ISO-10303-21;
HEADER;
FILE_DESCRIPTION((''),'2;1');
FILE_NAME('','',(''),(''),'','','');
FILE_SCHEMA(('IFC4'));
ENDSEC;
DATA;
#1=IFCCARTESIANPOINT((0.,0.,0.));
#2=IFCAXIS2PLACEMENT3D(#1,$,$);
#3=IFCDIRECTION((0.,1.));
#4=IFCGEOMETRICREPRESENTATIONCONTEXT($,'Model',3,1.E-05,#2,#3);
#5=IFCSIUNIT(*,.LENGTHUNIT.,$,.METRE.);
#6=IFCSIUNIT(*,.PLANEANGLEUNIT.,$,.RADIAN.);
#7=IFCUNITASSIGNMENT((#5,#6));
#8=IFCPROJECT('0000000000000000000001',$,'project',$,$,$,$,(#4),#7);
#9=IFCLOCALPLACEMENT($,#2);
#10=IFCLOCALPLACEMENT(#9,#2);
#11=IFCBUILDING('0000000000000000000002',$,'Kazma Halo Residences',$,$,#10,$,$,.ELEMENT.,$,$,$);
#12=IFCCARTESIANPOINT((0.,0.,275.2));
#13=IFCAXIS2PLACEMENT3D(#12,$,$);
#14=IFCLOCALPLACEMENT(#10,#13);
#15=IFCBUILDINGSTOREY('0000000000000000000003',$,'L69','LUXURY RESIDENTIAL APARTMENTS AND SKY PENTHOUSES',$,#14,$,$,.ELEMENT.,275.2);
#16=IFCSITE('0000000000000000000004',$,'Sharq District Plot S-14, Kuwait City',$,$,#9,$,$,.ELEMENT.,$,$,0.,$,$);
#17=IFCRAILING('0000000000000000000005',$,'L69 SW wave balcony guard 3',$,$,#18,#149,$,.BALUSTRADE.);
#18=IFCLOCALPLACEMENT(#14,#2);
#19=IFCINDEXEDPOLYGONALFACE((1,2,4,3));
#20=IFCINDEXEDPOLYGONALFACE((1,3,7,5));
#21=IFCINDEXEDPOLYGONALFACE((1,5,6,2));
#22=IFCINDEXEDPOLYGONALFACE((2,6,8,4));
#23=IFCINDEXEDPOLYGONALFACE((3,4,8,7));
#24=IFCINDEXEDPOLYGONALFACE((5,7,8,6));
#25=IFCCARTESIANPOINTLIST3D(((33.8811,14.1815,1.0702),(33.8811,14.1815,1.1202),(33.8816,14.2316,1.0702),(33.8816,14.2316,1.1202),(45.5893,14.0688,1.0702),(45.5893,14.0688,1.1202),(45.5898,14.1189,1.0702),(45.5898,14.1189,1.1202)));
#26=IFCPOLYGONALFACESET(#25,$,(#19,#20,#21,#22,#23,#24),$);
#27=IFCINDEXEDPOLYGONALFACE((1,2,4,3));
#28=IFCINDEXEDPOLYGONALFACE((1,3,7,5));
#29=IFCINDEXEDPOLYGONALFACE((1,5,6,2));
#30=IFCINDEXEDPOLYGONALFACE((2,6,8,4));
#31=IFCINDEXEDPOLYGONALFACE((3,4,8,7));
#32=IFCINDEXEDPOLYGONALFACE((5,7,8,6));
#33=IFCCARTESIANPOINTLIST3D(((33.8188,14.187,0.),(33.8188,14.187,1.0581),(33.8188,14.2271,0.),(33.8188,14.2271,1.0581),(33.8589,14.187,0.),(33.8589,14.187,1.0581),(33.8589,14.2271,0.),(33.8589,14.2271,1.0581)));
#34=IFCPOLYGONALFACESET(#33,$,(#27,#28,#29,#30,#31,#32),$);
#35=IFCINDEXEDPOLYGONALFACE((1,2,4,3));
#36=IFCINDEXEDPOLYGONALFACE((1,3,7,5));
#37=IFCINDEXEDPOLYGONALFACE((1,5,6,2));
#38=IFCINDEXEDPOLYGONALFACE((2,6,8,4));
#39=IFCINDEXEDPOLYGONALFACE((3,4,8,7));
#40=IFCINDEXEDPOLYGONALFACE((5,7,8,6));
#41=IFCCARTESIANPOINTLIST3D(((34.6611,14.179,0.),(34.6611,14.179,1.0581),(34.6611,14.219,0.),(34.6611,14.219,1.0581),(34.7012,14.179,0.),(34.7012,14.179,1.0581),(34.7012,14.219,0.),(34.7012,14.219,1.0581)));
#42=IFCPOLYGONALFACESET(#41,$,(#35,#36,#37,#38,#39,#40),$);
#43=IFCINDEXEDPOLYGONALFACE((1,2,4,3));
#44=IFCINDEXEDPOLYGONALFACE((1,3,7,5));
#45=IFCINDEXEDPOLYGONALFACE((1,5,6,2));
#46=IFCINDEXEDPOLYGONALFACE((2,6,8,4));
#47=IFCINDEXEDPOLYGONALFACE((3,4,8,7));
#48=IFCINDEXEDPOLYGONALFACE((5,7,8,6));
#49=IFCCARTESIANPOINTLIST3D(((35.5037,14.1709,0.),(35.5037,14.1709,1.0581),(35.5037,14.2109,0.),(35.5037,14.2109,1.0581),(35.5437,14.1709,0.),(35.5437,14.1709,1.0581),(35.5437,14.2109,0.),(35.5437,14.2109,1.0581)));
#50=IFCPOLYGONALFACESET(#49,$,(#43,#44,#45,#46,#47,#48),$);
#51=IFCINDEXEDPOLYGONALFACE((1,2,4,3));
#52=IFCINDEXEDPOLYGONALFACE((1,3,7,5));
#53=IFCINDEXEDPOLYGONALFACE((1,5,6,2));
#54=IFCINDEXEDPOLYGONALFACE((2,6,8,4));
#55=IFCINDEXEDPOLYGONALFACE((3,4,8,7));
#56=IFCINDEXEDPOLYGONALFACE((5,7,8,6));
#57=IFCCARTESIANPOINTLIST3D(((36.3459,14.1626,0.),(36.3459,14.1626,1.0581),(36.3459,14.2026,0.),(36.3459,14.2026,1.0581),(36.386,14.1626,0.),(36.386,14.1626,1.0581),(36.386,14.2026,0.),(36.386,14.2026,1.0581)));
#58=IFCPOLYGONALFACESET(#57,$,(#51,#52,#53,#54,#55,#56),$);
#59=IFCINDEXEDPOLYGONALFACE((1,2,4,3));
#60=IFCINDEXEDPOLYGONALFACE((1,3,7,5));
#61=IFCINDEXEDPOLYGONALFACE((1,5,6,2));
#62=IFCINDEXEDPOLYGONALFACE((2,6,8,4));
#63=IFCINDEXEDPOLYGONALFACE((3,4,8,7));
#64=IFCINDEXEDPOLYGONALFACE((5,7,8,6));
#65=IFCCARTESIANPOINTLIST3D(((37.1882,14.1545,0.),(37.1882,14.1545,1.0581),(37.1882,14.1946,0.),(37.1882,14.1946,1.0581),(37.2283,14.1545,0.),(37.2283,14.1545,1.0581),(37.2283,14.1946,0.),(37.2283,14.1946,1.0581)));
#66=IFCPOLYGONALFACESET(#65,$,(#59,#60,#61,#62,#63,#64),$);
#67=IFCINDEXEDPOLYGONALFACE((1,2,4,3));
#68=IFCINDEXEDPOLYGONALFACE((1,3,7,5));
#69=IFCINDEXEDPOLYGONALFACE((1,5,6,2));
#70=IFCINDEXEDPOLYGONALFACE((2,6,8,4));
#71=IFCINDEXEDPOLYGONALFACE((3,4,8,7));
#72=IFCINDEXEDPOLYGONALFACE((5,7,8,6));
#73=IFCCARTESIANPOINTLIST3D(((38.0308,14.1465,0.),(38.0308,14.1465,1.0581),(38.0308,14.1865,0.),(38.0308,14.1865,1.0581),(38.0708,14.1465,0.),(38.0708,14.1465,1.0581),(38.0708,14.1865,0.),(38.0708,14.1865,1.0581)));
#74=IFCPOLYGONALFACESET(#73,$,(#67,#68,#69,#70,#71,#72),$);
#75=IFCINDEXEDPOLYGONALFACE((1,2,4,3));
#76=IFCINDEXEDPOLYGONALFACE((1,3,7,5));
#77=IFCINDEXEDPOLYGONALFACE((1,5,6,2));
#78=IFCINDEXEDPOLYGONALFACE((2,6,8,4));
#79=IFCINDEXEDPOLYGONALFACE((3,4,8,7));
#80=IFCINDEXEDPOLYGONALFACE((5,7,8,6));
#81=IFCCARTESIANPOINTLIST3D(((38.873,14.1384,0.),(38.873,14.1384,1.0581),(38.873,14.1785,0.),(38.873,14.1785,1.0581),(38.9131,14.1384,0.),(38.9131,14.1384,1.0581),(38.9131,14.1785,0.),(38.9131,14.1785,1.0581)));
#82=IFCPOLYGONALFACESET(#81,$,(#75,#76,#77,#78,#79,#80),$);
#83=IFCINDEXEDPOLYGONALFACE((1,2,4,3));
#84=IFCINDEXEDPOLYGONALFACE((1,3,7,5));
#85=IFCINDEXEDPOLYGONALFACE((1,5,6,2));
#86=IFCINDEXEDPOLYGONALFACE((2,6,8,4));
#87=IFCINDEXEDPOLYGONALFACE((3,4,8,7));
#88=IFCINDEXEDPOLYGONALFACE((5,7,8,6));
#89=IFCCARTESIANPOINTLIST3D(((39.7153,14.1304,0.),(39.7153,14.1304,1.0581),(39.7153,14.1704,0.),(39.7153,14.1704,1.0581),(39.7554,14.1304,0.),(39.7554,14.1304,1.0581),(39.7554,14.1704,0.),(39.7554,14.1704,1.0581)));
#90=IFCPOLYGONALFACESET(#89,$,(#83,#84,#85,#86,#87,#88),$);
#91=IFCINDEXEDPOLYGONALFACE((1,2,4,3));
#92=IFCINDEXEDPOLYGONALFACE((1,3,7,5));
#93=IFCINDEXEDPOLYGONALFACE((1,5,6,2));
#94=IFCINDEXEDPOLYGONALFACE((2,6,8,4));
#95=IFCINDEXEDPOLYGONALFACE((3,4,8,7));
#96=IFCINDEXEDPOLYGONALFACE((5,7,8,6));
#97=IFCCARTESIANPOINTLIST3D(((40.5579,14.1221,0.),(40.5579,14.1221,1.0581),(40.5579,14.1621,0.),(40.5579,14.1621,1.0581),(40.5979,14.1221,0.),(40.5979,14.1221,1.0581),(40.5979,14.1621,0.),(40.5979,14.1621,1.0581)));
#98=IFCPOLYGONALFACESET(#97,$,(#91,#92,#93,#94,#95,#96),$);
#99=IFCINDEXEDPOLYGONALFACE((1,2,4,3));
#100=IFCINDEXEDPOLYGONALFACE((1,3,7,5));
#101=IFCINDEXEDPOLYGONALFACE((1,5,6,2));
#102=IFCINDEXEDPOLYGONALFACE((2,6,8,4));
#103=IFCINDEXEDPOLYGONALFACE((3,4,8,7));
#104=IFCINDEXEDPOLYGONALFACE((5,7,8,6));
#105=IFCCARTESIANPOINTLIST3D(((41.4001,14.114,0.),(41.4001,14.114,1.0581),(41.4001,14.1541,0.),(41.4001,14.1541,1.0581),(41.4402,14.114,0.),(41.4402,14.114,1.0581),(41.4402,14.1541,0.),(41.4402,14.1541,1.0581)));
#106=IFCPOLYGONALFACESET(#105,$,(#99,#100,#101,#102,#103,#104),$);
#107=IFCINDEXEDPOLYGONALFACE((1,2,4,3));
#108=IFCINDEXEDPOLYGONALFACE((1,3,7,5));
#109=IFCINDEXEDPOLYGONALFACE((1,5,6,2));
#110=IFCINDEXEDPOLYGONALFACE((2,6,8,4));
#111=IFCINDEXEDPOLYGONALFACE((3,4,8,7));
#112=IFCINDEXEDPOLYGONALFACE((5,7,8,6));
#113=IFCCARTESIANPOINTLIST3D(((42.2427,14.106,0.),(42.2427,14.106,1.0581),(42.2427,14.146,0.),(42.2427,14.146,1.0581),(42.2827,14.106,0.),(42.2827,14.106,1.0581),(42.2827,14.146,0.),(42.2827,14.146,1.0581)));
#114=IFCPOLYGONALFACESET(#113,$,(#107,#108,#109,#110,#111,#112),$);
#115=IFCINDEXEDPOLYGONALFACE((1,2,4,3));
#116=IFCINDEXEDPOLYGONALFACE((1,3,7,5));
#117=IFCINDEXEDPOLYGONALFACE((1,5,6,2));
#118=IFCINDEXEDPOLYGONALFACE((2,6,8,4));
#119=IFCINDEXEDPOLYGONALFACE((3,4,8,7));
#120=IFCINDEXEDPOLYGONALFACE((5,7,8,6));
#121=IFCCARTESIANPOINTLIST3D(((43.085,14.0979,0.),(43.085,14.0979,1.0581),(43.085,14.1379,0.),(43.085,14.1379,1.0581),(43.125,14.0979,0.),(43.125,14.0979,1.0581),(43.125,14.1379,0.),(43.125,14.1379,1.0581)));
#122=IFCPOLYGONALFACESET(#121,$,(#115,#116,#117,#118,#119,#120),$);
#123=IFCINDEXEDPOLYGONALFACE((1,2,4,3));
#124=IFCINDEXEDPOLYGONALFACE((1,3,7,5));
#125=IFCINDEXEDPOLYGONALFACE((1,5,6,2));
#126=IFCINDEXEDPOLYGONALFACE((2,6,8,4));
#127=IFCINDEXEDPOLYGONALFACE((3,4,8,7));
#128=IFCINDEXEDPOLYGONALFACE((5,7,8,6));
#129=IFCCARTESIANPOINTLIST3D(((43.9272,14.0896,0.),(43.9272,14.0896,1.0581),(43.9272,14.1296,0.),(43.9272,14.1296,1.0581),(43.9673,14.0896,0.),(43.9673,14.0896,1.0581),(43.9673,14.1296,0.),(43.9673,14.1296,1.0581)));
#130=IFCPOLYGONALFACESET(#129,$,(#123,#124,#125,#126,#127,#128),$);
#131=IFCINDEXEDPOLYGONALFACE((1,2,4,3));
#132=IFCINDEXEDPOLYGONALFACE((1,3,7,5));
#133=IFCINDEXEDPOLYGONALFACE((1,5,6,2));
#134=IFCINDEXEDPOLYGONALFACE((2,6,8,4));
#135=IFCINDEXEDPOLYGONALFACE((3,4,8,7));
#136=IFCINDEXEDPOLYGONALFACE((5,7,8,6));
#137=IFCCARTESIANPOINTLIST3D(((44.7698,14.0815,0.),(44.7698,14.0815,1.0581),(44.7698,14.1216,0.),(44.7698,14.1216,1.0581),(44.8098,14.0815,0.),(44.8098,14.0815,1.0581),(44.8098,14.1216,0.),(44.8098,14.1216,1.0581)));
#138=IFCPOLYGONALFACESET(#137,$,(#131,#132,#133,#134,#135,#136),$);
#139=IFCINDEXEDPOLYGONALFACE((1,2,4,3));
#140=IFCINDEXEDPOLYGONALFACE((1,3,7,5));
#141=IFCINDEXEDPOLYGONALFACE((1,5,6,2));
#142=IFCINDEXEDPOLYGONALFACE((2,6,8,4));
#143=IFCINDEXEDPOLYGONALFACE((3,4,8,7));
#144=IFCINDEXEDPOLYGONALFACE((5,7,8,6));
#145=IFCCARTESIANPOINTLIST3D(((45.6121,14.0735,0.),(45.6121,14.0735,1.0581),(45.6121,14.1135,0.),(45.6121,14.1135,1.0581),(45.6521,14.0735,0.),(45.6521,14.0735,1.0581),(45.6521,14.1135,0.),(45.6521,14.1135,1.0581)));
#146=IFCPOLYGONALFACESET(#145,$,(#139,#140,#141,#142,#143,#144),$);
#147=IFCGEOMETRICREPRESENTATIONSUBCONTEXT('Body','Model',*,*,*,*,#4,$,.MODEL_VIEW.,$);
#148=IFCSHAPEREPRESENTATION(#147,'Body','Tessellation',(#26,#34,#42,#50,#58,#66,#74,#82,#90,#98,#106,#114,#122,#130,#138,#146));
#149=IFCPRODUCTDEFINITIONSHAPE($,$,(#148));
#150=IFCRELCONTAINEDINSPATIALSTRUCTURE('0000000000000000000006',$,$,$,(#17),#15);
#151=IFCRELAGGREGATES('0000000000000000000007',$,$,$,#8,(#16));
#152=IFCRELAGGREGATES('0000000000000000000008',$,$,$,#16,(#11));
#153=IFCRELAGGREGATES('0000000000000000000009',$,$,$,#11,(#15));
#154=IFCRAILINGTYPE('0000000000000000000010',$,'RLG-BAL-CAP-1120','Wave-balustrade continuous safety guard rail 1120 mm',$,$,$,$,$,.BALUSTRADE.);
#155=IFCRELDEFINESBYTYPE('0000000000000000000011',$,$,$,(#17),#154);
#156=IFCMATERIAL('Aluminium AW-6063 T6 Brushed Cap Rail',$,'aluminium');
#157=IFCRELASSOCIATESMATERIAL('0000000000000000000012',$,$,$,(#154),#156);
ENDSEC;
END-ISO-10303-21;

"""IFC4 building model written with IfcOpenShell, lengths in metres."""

from ifc_helpers import new_model, si_unit, direction, frame, origin, origin_2d, place, context, subcontext, project, spatial, rectangle, extrude, material, type_object, element, save


model = new_model("IFC4")

# Units and contexts
model_context = context("Model", 3, precision=1e-05, world=origin(), true_north=direction((0.0, 1.0)))
body_context = subcontext(model_context, "Body", "Model", "MODEL_VIEW")
ifc_project = project(units=[si_unit("LENGTHUNIT", "METRE"), si_unit("PLANEANGLEUNIT", "RADIAN")], contexts=[model_context])

# Site, building, storey
site_placement = place(None, origin())
site = spatial("IfcSite", under=ifc_project, at=site_placement, Name="Sharq District Plot S-14, Kuwait City", CompositionType="ELEMENT", RefElevation=0.0)
building_placement = place(site_placement, origin())
building = spatial("IfcBuilding", under=site, at=building_placement, Name="Kazma Halo Residences", CompositionType="ELEMENT")
storey_placement = place(building_placement, frame((0.0, 0.0, 275.2)))
storey = spatial("IfcBuildingStorey", under=building, at=storey_placement, Name="L69", Description="LUXURY RESIDENTIAL APARTMENTS AND SKY PENTHOUSES", CompositionType="ELEMENT", Elevation=275.2)

# Railing
ifc_material_1 = material(Name="Aluminium AW-6063 T6 Brushed Cap Rail", Category="aluminium")
railing_type = type_object("IfcRailingType", Name="RLG-BAL-CAP-1120", Description="Wave-balustrade continuous safety guard rail 1120 mm", PredefinedType="BALUSTRADE", material=ifc_material_1)
railing_1_placement = place(storey_placement, frame((33.8389, 14.207, 0.0)))
element("IfcRailing", 1, at=railing_1_placement, inside=storey, type_object=railing_type, Name="L69 SW wave balcony guard 3", PredefinedType="BALUSTRADE", context=body_context, shape_type="SweptSolid", body=[
    extrude(rectangle(XDim=0.05, YDim=0.05, at=origin_2d()), frame((0.0425, -0.0005, 1.0952), z_axis=(0.999954, -0.009626, 0.0), x_axis=(0.009626, 0.999954, 0.0)), (0.0, 0.0, 1.0), 11.7087),
    extrude(rectangle(XDim=0.04, YDim=0.04, at=origin_2d()), origin(), (0.0, 0.0, 1.0), 1.0581),
    extrude(rectangle(XDim=0.04, YDim=0.04, at=origin_2d()), frame((0.8423, -0.0081, 0.0)), (0.0, 0.0, 1.0), 1.0581),
    extrude(rectangle(XDim=0.04, YDim=0.04, at=origin_2d()), frame((1.6848, -0.0161, 0.0)), (0.0, 0.0, 1.0), 1.0581),
    extrude(rectangle(XDim=0.04, YDim=0.04, at=origin_2d()), frame((2.5271, -0.0244, 0.0)), (0.0, 0.0, 1.0), 1.0581),
    extrude(rectangle(XDim=0.04, YDim=0.04, at=origin_2d()), frame((3.3694, -0.0325, 0.0)), (0.0, 0.0, 1.0), 1.0581),
    extrude(rectangle(XDim=0.04, YDim=0.04, at=origin_2d()), frame((4.2119, -0.0405, 0.0)), (0.0, 0.0, 1.0), 1.0581),
    extrude(rectangle(XDim=0.04, YDim=0.04, at=origin_2d()), frame((5.0542, -0.0486, 0.0)), (0.0, 0.0, 1.0), 1.0581),
    extrude(rectangle(XDim=0.04, YDim=0.04, at=origin_2d()), frame((5.8965, -0.0566, 0.0)), (0.0, 0.0, 1.0), 1.0581),
    extrude(rectangle(XDim=0.04, YDim=0.04, at=origin_2d()), frame((6.739, -0.0649, 0.0)), (0.0, 0.0, 1.0), 1.0581),
    extrude(rectangle(XDim=0.04, YDim=0.04, at=origin_2d()), frame((7.5813, -0.073, 0.0)), (0.0, 0.0, 1.0), 1.0581),
    extrude(rectangle(XDim=0.04, YDim=0.04, at=origin_2d()), frame((8.4238, -0.0811, 0.0)), (0.0, 0.0, 1.0), 1.0581),
    extrude(rectangle(XDim=0.04, YDim=0.04, at=origin_2d()), frame((9.2661, -0.0891, 0.0)), (0.0, 0.0, 1.0), 1.0581),
    extrude(rectangle(XDim=0.04, YDim=0.04, at=origin_2d()), frame((10.1084, -0.0974, 0.0)), (0.0, 0.0, 1.0), 1.0581),
    extrude(rectangle(XDim=0.04, YDim=0.04, at=origin_2d()), frame((10.9509, -0.1055, 0.0)), (0.0, 0.0, 1.0), 1.0581),
    extrude(rectangle(XDim=0.04, YDim=0.04, at=origin_2d()), frame((11.7932, -0.1135, 0.0)), (0.0, 0.0, 1.0), 1.0581),
])

save(model, "model.ifc")
